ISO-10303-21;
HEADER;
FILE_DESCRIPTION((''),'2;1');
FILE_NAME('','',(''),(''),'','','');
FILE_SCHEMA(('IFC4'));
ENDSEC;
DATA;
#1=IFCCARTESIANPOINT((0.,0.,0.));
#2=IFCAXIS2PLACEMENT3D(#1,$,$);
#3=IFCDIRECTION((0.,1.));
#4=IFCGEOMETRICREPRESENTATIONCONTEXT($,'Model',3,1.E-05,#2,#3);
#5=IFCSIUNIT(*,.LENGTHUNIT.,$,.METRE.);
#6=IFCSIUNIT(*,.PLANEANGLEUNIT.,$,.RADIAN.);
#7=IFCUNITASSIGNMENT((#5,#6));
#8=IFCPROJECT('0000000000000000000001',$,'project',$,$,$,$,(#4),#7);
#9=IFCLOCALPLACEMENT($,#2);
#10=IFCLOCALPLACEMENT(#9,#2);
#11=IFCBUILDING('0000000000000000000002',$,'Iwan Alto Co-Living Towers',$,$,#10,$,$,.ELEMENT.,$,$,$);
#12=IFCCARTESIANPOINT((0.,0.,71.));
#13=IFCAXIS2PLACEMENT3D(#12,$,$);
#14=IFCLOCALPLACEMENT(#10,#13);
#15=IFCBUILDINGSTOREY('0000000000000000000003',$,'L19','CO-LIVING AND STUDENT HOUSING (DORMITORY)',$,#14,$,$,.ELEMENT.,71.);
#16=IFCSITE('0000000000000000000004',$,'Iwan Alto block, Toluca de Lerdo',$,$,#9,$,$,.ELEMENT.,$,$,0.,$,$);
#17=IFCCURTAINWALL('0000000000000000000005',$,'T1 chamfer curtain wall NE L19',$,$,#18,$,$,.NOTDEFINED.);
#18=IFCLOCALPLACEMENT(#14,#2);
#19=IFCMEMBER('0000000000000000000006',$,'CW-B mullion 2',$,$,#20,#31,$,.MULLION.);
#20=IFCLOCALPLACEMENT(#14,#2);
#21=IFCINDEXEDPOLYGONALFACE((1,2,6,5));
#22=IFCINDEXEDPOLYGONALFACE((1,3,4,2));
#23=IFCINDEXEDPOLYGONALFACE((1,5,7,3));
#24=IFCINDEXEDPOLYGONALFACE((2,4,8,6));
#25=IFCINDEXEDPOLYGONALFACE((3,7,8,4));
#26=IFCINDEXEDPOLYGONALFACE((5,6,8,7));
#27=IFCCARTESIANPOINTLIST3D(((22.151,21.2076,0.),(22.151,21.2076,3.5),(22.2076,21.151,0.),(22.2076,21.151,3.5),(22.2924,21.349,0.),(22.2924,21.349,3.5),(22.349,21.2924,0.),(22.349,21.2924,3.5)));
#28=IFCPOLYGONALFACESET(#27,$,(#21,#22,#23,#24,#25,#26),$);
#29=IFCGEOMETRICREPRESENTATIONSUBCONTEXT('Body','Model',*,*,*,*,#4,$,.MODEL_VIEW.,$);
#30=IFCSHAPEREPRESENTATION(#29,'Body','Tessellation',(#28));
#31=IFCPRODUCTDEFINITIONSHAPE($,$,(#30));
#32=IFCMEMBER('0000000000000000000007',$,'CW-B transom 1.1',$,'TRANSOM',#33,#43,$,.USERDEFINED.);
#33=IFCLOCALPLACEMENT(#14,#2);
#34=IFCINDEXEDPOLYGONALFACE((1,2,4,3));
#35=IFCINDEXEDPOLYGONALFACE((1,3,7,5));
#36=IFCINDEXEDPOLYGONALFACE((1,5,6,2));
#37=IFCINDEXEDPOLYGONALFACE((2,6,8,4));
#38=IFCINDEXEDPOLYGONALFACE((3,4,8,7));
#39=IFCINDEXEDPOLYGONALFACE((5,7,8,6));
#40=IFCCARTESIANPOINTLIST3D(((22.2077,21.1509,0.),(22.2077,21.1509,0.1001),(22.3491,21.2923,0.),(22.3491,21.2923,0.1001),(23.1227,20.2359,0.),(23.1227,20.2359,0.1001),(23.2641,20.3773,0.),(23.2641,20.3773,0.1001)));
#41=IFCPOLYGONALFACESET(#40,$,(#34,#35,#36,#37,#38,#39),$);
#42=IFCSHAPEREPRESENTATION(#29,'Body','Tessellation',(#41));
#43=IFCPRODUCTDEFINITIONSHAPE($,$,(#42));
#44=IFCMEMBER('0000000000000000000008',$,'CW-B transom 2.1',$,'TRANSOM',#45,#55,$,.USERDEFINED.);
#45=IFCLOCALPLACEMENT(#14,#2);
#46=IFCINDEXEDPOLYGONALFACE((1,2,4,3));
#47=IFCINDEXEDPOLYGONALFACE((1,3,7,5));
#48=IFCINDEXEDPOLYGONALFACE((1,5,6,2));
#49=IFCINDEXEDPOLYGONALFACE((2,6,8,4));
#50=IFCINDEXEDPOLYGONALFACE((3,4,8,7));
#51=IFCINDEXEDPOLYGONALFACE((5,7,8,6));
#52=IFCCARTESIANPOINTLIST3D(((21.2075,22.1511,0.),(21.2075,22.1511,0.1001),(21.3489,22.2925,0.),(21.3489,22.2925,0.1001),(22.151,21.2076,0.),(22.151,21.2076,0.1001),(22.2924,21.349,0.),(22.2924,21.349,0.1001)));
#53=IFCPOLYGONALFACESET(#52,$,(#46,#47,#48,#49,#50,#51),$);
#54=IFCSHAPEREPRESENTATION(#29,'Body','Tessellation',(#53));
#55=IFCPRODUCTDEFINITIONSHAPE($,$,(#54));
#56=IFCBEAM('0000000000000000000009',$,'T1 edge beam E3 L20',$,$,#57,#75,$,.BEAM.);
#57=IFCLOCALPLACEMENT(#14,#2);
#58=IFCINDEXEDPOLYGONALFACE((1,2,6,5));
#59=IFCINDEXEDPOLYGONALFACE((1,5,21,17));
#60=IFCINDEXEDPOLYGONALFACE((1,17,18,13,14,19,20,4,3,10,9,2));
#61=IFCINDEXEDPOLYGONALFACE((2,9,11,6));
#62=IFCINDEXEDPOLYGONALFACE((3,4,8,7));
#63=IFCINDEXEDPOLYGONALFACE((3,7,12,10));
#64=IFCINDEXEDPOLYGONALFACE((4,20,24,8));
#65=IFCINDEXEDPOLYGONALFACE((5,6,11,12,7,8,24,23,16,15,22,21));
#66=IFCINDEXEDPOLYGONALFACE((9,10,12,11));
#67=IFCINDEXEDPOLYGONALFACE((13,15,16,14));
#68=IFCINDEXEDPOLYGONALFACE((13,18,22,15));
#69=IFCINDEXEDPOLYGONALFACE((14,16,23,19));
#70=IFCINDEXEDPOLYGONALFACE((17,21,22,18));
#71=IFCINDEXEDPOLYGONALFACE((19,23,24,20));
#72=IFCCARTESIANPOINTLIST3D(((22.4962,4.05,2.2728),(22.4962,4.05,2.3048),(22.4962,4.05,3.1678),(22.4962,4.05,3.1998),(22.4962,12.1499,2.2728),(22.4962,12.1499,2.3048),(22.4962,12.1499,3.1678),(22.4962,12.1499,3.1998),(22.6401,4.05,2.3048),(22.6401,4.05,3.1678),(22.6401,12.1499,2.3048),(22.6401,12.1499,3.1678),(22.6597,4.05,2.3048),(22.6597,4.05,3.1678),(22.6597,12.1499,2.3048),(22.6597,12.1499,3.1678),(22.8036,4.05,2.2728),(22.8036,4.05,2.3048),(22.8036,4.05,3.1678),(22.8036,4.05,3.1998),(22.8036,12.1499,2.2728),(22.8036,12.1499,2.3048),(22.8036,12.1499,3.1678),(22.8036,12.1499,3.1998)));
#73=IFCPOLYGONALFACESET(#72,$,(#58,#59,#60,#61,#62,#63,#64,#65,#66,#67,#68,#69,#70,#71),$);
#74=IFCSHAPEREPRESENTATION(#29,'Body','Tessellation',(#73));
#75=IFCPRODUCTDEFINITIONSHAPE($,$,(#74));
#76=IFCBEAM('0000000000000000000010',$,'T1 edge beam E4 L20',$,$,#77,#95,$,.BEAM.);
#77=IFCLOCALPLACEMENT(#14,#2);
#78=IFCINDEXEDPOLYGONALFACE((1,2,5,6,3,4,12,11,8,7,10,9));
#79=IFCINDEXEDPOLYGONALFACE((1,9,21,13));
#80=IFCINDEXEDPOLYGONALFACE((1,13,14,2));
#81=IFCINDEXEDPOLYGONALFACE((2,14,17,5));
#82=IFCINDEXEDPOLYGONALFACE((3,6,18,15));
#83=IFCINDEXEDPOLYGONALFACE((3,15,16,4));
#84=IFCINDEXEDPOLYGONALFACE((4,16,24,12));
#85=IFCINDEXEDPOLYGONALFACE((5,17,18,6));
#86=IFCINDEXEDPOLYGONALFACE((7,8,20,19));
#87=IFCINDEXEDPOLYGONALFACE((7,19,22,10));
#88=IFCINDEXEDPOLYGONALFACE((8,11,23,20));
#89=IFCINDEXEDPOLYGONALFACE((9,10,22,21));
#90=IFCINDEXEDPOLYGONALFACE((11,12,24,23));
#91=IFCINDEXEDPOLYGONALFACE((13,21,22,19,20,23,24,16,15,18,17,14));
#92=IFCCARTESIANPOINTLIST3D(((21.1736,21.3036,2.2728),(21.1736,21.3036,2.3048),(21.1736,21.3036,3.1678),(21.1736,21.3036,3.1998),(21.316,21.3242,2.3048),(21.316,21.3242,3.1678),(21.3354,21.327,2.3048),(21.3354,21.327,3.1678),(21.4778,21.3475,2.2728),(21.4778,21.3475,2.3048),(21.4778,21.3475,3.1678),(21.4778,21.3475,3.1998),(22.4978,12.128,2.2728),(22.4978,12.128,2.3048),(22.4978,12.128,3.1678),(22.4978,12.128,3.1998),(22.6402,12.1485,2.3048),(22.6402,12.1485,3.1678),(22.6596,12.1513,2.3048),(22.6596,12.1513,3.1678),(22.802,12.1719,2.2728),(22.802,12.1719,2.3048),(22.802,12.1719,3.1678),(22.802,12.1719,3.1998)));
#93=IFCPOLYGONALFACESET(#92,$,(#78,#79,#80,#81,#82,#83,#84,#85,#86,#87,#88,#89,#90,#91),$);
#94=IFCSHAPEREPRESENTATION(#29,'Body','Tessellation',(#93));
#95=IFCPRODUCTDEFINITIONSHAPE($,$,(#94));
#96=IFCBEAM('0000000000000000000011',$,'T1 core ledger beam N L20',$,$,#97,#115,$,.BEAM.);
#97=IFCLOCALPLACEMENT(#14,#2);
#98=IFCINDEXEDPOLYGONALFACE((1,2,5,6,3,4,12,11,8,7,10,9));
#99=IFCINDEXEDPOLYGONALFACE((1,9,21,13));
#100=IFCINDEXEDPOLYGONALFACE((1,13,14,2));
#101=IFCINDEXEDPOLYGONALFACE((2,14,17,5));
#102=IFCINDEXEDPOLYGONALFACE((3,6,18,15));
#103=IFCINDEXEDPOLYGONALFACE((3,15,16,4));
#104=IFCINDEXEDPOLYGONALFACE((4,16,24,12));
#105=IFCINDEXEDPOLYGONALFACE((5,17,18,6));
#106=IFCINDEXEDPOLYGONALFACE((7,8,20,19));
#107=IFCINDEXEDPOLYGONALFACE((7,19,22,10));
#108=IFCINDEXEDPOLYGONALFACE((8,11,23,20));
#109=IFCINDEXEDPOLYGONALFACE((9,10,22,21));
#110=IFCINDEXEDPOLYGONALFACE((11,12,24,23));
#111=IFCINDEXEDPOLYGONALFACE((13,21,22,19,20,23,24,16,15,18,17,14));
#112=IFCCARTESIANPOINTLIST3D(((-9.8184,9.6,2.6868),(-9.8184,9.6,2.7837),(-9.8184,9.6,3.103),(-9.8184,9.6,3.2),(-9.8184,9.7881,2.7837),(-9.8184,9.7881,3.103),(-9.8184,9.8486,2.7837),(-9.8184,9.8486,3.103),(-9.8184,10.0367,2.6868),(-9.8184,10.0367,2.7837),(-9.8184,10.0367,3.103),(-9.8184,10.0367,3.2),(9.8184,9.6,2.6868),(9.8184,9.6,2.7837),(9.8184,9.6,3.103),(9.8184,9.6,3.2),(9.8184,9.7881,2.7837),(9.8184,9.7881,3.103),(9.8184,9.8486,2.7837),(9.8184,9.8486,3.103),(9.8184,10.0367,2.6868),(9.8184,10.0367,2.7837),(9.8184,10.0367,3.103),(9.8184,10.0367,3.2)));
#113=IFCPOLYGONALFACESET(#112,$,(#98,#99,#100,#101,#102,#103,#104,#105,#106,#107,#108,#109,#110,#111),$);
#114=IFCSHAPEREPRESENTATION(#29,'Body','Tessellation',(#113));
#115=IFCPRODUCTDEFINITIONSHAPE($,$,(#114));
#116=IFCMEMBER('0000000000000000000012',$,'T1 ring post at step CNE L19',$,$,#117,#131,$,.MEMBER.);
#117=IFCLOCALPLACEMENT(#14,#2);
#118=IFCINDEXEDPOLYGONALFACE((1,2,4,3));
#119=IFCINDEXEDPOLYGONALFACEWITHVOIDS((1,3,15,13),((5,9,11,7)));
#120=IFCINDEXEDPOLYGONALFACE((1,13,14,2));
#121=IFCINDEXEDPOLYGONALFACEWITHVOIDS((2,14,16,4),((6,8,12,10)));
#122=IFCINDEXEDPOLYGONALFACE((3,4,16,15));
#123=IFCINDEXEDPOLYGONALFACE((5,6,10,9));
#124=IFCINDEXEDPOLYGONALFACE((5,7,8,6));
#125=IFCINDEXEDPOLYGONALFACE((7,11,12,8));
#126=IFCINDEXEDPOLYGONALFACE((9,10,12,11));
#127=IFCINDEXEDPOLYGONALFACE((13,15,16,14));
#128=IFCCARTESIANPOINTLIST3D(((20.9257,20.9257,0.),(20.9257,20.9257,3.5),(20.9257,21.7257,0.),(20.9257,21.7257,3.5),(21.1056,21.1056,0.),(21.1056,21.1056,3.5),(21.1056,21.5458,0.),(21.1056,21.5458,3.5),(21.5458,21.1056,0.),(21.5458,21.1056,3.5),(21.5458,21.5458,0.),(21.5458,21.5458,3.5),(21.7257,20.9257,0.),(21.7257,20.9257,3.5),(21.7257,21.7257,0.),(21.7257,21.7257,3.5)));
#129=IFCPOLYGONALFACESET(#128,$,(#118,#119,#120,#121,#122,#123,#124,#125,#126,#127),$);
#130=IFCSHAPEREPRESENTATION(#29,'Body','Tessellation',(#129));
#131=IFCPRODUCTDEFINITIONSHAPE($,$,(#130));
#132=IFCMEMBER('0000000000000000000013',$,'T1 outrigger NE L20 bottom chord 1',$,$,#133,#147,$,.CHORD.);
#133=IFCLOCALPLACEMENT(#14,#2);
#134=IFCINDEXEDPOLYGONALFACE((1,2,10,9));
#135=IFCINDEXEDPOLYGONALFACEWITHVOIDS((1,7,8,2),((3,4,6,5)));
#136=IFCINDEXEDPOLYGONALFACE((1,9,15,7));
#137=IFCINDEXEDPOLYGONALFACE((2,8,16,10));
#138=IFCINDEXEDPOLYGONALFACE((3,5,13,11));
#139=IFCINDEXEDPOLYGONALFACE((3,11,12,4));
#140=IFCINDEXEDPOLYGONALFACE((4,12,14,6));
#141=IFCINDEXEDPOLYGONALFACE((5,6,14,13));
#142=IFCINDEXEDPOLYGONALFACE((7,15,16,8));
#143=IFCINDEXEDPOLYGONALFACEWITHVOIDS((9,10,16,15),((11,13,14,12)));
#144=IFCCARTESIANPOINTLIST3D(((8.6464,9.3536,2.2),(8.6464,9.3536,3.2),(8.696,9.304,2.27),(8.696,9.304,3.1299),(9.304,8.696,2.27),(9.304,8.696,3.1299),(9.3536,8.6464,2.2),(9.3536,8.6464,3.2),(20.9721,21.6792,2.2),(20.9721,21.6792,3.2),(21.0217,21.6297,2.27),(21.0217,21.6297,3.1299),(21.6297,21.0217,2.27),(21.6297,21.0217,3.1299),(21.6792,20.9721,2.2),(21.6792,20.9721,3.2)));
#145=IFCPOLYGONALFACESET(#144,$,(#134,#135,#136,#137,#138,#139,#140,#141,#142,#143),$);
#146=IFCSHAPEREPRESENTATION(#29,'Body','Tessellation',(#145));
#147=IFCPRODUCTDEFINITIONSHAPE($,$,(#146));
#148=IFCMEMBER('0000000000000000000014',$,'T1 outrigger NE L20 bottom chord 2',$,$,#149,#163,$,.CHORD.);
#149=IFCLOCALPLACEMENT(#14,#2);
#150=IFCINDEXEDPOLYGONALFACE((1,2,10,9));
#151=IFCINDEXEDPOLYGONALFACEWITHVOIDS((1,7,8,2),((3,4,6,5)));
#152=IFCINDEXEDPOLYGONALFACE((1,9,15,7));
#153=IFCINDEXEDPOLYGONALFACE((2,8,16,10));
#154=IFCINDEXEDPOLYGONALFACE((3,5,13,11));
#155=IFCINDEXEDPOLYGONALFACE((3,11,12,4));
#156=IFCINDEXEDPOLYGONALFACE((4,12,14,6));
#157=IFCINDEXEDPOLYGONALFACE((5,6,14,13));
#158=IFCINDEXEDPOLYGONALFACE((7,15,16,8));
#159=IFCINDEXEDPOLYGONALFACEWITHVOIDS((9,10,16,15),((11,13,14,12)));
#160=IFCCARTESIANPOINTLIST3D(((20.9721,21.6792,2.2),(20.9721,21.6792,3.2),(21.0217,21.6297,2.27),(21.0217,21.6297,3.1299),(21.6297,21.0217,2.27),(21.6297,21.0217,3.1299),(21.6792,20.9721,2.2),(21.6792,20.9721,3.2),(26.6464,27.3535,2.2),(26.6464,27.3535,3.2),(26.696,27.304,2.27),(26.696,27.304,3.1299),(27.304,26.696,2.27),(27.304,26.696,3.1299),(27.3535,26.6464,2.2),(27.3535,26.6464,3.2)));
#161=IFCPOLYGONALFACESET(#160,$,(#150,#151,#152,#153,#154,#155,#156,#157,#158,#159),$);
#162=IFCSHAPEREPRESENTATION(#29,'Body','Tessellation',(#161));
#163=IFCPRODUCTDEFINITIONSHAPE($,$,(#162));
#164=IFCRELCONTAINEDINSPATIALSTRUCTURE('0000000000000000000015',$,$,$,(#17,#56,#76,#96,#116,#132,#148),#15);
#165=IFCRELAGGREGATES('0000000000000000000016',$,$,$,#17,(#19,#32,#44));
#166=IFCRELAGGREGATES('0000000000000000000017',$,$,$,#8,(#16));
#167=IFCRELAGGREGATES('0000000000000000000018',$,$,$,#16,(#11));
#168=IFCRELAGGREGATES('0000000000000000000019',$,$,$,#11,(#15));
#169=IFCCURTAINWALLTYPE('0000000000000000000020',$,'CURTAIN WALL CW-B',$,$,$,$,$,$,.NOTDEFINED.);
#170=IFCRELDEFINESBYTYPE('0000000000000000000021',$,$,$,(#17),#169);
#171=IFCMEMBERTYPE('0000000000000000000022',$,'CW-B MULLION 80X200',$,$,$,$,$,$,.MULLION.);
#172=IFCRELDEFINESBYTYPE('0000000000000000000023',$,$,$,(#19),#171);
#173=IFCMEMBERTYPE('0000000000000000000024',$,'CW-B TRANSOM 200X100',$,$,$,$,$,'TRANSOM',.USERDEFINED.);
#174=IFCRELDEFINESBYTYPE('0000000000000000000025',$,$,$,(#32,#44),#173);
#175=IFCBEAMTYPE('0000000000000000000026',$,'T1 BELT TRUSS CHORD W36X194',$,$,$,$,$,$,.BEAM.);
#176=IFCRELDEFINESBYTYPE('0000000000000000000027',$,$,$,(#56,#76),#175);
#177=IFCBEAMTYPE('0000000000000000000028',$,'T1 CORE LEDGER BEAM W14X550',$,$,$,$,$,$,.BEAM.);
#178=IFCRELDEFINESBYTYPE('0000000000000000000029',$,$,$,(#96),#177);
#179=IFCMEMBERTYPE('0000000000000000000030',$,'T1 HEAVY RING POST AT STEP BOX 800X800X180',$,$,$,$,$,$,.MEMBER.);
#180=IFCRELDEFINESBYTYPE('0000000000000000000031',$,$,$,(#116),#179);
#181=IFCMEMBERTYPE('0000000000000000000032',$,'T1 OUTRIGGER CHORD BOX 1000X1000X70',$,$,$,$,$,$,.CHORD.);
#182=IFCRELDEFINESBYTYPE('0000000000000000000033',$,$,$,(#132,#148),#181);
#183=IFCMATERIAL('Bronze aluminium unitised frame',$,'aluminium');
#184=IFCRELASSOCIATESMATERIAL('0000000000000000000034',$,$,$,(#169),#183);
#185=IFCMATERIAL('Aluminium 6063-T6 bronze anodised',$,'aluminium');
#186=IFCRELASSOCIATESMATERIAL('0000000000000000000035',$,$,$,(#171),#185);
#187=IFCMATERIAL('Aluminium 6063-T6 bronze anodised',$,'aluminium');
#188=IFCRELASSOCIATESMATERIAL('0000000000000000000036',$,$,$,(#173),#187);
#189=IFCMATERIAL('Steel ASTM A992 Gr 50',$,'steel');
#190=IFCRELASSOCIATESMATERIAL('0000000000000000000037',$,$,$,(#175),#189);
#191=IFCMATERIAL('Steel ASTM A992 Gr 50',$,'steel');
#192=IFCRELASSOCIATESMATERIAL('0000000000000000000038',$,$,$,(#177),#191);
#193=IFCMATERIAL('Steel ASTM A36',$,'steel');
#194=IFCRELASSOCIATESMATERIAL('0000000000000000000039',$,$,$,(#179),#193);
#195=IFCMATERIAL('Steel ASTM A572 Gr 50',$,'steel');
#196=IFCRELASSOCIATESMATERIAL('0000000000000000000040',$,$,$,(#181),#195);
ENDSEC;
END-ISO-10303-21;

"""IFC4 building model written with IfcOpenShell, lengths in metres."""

from ifc_helpers import new_model, si_unit, direction, frame, origin, origin_2d, place, context, subcontext, project, spatial, rectangle, hollow_rectangle, i_section, extrude, material, material_profile, profile_set, type_object, element, aggregate, save


model = new_model("IFC4")

# Units and contexts
model_context = context("Model", 3, precision=1e-05, world=origin(), true_north=direction((0.0, 1.0)))
body_context = subcontext(model_context, "Body", "Model", "MODEL_VIEW")
ifc_project = project(units=[si_unit("LENGTHUNIT", "METRE"), si_unit("PLANEANGLEUNIT", "RADIAN")], contexts=[model_context])

# Site, building, storey
site_placement = place(None, origin())
site = spatial("IfcSite", under=ifc_project, at=site_placement, Name="Iwan Alto block, Toluca de Lerdo", CompositionType="ELEMENT", RefElevation=0.0)
building_placement = place(site_placement, origin())
building = spatial("IfcBuilding", under=site, at=building_placement, Name="Iwan Alto Co-Living Towers", CompositionType="ELEMENT")
storey_placement = place(building_placement, frame((0.0, 0.0, 71.0)))
storey = spatial("IfcBuildingStorey", under=building, at=storey_placement, Name="L19", Description="CO-LIVING AND STUDENT HOUSING (DORMITORY)", CompositionType="ELEMENT", Elevation=71.0)

# Curtain wall, members
ifc_material_1 = material(Name="Bronze aluminium unitised frame", Category="aluminium")
curtain_wall_type = type_object("IfcCurtainWallType", Name="CURTAIN WALL CW-B", PredefinedType="NOTDEFINED", material=ifc_material_1)
curtain_wall_placement = place(storey_placement, origin())
curtain_wall = element("IfcCurtainWall", 1, at=curtain_wall_placement, inside=storey, type_object=curtain_wall_type, Name="T1 chamfer curtain wall NE L19", PredefinedType="NOTDEFINED")
ifc_material_2 = material(Name="Aluminium 6063-T6 bronze anodised", Category="aluminium")
ifc_material_profile_1 = material_profile(ifc_material_2, rectangle(XDim=0.2, YDim=0.0801, at=origin_2d()), Name="AL 80X200")
ifc_profile_set_1 = profile_set([ifc_material_profile_1], Name="Aluminium 6063-T6 bronze anodised")
member_type_1 = type_object("IfcMemberType", Name="CW-B MULLION 80X200", PredefinedType="MULLION", material=ifc_profile_set_1)
member_1_placement = place(storey_placement, frame((22.25, 21.25, 0.0), z_axis=(0.0, 0.0, 1.0), x_axis=(-0.707107, -0.707107, 0.0)))
member_1 = element("IfcMember", 2, at=member_1_placement, type_object=member_type_1, Name="CW-B mullion 2", PredefinedType="MULLION", context=body_context, shape_type="SweptSolid", body=[
    extrude(rectangle(XDim=0.2, YDim=0.0801, at=origin_2d()), origin(), (0.0, 0.0, 1.0), 3.5),
])
ifc_material_3 = material(Name="Aluminium 6063-T6 bronze anodised", Category="aluminium")
ifc_material_profile_2 = material_profile(ifc_material_3, rectangle(XDim=0.2, YDim=0.1001, at=origin_2d()), Name="AL 200X100")
ifc_profile_set_2 = profile_set([ifc_material_profile_2], Name="Aluminium 6063-T6 bronze anodised")
member_type_2 = type_object("IfcMemberType", Name="CW-B TRANSOM 200X100", ElementType="TRANSOM", PredefinedType="USERDEFINED", material=ifc_profile_set_2)
member_2_placement = place(storey_placement, frame((23.1934, 20.3066, 0.05), z_axis=(-0.707107, 0.707107, 0.0), x_axis=(-0.707107, -0.707107, 0.0)))
member_2 = element("IfcMember", 3, at=member_2_placement, type_object=member_type_2, Name="CW-B transom 1.1", ObjectType="TRANSOM", PredefinedType="USERDEFINED", context=body_context, shape_type="SweptSolid", body=[
    extrude(rectangle(XDim=0.2, YDim=0.1001, at=origin_2d()), origin(), (0.0, 0.0, 1.0), 1.2939),
])
member_3_placement = place(storey_placement, frame((22.2217, 21.2783, 0.05), z_axis=(-0.707107, 0.707107, 0.0), x_axis=(-0.707107, -0.707107, 0.0)))
member_3 = element("IfcMember", 4, at=member_3_placement, type_object=member_type_2, Name="CW-B transom 2.1", ObjectType="TRANSOM", PredefinedType="USERDEFINED", context=body_context, shape_type="SweptSolid", body=[
    extrude(rectangle(XDim=0.2, YDim=0.1001, at=origin_2d()), origin(), (0.0, 0.0, 1.0), 1.3342),
])

# Beams
ifc_material_4 = material(Name="Steel ASTM A992 Gr 50", Category="steel")
ifc_material_profile_3 = material_profile(ifc_material_4, i_section(OverallWidth=0.3074, OverallDepth=0.927, WebThickness=0.0195, FlangeThickness=0.032, at=origin_2d()), Name="W36X194")
ifc_profile_set_3 = profile_set([ifc_material_profile_3], Name="Steel ASTM A992 Gr 50")
beam_type_1 = type_object("IfcBeamType", Name="T1 BELT TRUSS CHORD W36X194", PredefinedType="BEAM", material=ifc_profile_set_3)
beam_1_placement = place(storey_placement, frame((22.6499, 4.05, 2.7363), z_axis=(0.0, 1.0, 0.0), x_axis=(-1.0, 0.0, 0.0)))
element("IfcBeam", 5, at=beam_1_placement, inside=storey, type_object=beam_type_1, Name="T1 edge beam E3 L20", PredefinedType="BEAM", context=body_context, shape_type="SweptSolid", body=[
    extrude(i_section(OverallWidth=0.3074, OverallDepth=0.927, WebThickness=0.0195, FlangeThickness=0.032, at=origin_2d()), origin(), (0.0, 0.0, 1.0), 8.0999),
])
beam_2_placement = place(storey_placement, frame((22.6499, 12.1499, 2.7363), z_axis=(-0.142837, 0.989746, 0.0), x_axis=(-0.989746, -0.142837, 0.0)))
element("IfcBeam", 6, at=beam_2_placement, inside=storey, type_object=beam_type_1, Name="T1 edge beam E4 L20", PredefinedType="BEAM", context=body_context, shape_type="SweptSolid", body=[
    extrude(i_section(OverallWidth=0.3074, OverallDepth=0.927, WebThickness=0.0195, FlangeThickness=0.032, at=origin_2d()), origin(), (0.0, 0.0, 1.0), 9.2708),
])
ifc_material_5 = material(Name="Steel ASTM A992 Gr 50", Category="steel")
ifc_material_profile_4 = material_profile(ifc_material_5, i_section(OverallWidth=0.4368, OverallDepth=0.5132, WebThickness=0.0605, FlangeThickness=0.0969, at=origin_2d()), Name="W14X550")
ifc_profile_set_4 = profile_set([ifc_material_profile_4], Name="Steel ASTM A992 Gr 50")
beam_type_2 = type_object("IfcBeamType", Name="T1 CORE LEDGER BEAM W14X550", PredefinedType="BEAM", material=ifc_profile_set_4)
beam_3_placement = place(storey_placement, frame((9.8184, 9.8184, 2.9434), z_axis=(-1.0, 0.0, 0.0), x_axis=(0.0, -1.0, 0.0)))
element("IfcBeam", 7, at=beam_3_placement, inside=storey, type_object=beam_type_2, Name="T1 core ledger beam N L20", PredefinedType="BEAM", context=body_context, shape_type="SweptSolid", body=[
    extrude(i_section(OverallWidth=0.4368, OverallDepth=0.5132, WebThickness=0.0605, FlangeThickness=0.0969, at=origin_2d()), origin(), (0.0, 0.0, 1.0), 19.6367),
])

# Members
ifc_material_6 = material(Name="Steel ASTM A36", Category="steel")
ifc_material_profile_5 = material_profile(ifc_material_6, hollow_rectangle(XDim=0.8, YDim=0.8, WallThickness=0.1799, at=origin_2d()), Name="BOX 800X800X180")
ifc_profile_set_5 = profile_set([ifc_material_profile_5], Name="Steel ASTM A36")
member_type_3 = type_object("IfcMemberType", Name="T1 HEAVY RING POST AT STEP BOX 800X800X180", PredefinedType="MEMBER", material=ifc_profile_set_5)
member_4_placement = place(storey_placement, frame((21.3257, 21.3257, 0.0), z_axis=(0.0, 0.0, 1.0), x_axis=(1.0, 0.0, 0.0)))
element("IfcMember", 8, at=member_4_placement, inside=storey, type_object=member_type_3, Name="T1 ring post at step CNE L19", PredefinedType="MEMBER", context=body_context, shape_type="SweptSolid", body=[
    extrude(hollow_rectangle(XDim=0.8, YDim=0.8, WallThickness=0.1799, at=origin_2d()), origin(), (0.0, 0.0, 1.0), 3.5),
])
ifc_material_7 = material(Name="Steel ASTM A572 Gr 50", Category="steel")
ifc_material_profile_6 = material_profile(ifc_material_7, hollow_rectangle(XDim=1.0, YDim=1.0, WallThickness=0.0701, at=origin_2d()), Name="BOX 1000X1000X70")
ifc_profile_set_6 = profile_set([ifc_material_profile_6], Name="Steel ASTM A572 Gr 50")
member_type_4 = type_object("IfcMemberType", Name="T1 OUTRIGGER CHORD BOX 1000X1000X70", PredefinedType="CHORD", material=ifc_profile_set_6)
member_5_placement = place(storey_placement, frame((9.0, 9.0, 2.7), z_axis=(0.707107, 0.707107, 0.0), x_axis=(-0.707107, 0.707107, 0.0)))
element("IfcMember", 9, at=member_5_placement, inside=storey, type_object=member_type_4, Name="T1 outrigger NE L20 bottom chord 1", PredefinedType="CHORD", context=body_context, shape_type="SweptSolid", body=[
    extrude(hollow_rectangle(XDim=1.0, YDim=1.0, WallThickness=0.0701, at=origin_2d()), origin(), (0.0, 0.0, 1.0), 17.4312),
])
member_6_placement = place(storey_placement, frame((21.3257, 21.3257, 2.7), z_axis=(0.707107, 0.707107, 0.0), x_axis=(-0.707107, 0.707107, 0.0)))
element("IfcMember", 10, at=member_6_placement, inside=storey, type_object=member_type_4, Name="T1 outrigger NE L20 bottom chord 2", PredefinedType="CHORD", context=body_context, shape_type="SweptSolid", body=[
    extrude(hollow_rectangle(XDim=1.0, YDim=1.0, WallThickness=0.0701, at=origin_2d()), origin(), (0.0, 0.0, 1.0), 8.0247),
])

aggregate(curtain_wall, [member_1, member_2, member_3])

save(model, "model.ifc")
